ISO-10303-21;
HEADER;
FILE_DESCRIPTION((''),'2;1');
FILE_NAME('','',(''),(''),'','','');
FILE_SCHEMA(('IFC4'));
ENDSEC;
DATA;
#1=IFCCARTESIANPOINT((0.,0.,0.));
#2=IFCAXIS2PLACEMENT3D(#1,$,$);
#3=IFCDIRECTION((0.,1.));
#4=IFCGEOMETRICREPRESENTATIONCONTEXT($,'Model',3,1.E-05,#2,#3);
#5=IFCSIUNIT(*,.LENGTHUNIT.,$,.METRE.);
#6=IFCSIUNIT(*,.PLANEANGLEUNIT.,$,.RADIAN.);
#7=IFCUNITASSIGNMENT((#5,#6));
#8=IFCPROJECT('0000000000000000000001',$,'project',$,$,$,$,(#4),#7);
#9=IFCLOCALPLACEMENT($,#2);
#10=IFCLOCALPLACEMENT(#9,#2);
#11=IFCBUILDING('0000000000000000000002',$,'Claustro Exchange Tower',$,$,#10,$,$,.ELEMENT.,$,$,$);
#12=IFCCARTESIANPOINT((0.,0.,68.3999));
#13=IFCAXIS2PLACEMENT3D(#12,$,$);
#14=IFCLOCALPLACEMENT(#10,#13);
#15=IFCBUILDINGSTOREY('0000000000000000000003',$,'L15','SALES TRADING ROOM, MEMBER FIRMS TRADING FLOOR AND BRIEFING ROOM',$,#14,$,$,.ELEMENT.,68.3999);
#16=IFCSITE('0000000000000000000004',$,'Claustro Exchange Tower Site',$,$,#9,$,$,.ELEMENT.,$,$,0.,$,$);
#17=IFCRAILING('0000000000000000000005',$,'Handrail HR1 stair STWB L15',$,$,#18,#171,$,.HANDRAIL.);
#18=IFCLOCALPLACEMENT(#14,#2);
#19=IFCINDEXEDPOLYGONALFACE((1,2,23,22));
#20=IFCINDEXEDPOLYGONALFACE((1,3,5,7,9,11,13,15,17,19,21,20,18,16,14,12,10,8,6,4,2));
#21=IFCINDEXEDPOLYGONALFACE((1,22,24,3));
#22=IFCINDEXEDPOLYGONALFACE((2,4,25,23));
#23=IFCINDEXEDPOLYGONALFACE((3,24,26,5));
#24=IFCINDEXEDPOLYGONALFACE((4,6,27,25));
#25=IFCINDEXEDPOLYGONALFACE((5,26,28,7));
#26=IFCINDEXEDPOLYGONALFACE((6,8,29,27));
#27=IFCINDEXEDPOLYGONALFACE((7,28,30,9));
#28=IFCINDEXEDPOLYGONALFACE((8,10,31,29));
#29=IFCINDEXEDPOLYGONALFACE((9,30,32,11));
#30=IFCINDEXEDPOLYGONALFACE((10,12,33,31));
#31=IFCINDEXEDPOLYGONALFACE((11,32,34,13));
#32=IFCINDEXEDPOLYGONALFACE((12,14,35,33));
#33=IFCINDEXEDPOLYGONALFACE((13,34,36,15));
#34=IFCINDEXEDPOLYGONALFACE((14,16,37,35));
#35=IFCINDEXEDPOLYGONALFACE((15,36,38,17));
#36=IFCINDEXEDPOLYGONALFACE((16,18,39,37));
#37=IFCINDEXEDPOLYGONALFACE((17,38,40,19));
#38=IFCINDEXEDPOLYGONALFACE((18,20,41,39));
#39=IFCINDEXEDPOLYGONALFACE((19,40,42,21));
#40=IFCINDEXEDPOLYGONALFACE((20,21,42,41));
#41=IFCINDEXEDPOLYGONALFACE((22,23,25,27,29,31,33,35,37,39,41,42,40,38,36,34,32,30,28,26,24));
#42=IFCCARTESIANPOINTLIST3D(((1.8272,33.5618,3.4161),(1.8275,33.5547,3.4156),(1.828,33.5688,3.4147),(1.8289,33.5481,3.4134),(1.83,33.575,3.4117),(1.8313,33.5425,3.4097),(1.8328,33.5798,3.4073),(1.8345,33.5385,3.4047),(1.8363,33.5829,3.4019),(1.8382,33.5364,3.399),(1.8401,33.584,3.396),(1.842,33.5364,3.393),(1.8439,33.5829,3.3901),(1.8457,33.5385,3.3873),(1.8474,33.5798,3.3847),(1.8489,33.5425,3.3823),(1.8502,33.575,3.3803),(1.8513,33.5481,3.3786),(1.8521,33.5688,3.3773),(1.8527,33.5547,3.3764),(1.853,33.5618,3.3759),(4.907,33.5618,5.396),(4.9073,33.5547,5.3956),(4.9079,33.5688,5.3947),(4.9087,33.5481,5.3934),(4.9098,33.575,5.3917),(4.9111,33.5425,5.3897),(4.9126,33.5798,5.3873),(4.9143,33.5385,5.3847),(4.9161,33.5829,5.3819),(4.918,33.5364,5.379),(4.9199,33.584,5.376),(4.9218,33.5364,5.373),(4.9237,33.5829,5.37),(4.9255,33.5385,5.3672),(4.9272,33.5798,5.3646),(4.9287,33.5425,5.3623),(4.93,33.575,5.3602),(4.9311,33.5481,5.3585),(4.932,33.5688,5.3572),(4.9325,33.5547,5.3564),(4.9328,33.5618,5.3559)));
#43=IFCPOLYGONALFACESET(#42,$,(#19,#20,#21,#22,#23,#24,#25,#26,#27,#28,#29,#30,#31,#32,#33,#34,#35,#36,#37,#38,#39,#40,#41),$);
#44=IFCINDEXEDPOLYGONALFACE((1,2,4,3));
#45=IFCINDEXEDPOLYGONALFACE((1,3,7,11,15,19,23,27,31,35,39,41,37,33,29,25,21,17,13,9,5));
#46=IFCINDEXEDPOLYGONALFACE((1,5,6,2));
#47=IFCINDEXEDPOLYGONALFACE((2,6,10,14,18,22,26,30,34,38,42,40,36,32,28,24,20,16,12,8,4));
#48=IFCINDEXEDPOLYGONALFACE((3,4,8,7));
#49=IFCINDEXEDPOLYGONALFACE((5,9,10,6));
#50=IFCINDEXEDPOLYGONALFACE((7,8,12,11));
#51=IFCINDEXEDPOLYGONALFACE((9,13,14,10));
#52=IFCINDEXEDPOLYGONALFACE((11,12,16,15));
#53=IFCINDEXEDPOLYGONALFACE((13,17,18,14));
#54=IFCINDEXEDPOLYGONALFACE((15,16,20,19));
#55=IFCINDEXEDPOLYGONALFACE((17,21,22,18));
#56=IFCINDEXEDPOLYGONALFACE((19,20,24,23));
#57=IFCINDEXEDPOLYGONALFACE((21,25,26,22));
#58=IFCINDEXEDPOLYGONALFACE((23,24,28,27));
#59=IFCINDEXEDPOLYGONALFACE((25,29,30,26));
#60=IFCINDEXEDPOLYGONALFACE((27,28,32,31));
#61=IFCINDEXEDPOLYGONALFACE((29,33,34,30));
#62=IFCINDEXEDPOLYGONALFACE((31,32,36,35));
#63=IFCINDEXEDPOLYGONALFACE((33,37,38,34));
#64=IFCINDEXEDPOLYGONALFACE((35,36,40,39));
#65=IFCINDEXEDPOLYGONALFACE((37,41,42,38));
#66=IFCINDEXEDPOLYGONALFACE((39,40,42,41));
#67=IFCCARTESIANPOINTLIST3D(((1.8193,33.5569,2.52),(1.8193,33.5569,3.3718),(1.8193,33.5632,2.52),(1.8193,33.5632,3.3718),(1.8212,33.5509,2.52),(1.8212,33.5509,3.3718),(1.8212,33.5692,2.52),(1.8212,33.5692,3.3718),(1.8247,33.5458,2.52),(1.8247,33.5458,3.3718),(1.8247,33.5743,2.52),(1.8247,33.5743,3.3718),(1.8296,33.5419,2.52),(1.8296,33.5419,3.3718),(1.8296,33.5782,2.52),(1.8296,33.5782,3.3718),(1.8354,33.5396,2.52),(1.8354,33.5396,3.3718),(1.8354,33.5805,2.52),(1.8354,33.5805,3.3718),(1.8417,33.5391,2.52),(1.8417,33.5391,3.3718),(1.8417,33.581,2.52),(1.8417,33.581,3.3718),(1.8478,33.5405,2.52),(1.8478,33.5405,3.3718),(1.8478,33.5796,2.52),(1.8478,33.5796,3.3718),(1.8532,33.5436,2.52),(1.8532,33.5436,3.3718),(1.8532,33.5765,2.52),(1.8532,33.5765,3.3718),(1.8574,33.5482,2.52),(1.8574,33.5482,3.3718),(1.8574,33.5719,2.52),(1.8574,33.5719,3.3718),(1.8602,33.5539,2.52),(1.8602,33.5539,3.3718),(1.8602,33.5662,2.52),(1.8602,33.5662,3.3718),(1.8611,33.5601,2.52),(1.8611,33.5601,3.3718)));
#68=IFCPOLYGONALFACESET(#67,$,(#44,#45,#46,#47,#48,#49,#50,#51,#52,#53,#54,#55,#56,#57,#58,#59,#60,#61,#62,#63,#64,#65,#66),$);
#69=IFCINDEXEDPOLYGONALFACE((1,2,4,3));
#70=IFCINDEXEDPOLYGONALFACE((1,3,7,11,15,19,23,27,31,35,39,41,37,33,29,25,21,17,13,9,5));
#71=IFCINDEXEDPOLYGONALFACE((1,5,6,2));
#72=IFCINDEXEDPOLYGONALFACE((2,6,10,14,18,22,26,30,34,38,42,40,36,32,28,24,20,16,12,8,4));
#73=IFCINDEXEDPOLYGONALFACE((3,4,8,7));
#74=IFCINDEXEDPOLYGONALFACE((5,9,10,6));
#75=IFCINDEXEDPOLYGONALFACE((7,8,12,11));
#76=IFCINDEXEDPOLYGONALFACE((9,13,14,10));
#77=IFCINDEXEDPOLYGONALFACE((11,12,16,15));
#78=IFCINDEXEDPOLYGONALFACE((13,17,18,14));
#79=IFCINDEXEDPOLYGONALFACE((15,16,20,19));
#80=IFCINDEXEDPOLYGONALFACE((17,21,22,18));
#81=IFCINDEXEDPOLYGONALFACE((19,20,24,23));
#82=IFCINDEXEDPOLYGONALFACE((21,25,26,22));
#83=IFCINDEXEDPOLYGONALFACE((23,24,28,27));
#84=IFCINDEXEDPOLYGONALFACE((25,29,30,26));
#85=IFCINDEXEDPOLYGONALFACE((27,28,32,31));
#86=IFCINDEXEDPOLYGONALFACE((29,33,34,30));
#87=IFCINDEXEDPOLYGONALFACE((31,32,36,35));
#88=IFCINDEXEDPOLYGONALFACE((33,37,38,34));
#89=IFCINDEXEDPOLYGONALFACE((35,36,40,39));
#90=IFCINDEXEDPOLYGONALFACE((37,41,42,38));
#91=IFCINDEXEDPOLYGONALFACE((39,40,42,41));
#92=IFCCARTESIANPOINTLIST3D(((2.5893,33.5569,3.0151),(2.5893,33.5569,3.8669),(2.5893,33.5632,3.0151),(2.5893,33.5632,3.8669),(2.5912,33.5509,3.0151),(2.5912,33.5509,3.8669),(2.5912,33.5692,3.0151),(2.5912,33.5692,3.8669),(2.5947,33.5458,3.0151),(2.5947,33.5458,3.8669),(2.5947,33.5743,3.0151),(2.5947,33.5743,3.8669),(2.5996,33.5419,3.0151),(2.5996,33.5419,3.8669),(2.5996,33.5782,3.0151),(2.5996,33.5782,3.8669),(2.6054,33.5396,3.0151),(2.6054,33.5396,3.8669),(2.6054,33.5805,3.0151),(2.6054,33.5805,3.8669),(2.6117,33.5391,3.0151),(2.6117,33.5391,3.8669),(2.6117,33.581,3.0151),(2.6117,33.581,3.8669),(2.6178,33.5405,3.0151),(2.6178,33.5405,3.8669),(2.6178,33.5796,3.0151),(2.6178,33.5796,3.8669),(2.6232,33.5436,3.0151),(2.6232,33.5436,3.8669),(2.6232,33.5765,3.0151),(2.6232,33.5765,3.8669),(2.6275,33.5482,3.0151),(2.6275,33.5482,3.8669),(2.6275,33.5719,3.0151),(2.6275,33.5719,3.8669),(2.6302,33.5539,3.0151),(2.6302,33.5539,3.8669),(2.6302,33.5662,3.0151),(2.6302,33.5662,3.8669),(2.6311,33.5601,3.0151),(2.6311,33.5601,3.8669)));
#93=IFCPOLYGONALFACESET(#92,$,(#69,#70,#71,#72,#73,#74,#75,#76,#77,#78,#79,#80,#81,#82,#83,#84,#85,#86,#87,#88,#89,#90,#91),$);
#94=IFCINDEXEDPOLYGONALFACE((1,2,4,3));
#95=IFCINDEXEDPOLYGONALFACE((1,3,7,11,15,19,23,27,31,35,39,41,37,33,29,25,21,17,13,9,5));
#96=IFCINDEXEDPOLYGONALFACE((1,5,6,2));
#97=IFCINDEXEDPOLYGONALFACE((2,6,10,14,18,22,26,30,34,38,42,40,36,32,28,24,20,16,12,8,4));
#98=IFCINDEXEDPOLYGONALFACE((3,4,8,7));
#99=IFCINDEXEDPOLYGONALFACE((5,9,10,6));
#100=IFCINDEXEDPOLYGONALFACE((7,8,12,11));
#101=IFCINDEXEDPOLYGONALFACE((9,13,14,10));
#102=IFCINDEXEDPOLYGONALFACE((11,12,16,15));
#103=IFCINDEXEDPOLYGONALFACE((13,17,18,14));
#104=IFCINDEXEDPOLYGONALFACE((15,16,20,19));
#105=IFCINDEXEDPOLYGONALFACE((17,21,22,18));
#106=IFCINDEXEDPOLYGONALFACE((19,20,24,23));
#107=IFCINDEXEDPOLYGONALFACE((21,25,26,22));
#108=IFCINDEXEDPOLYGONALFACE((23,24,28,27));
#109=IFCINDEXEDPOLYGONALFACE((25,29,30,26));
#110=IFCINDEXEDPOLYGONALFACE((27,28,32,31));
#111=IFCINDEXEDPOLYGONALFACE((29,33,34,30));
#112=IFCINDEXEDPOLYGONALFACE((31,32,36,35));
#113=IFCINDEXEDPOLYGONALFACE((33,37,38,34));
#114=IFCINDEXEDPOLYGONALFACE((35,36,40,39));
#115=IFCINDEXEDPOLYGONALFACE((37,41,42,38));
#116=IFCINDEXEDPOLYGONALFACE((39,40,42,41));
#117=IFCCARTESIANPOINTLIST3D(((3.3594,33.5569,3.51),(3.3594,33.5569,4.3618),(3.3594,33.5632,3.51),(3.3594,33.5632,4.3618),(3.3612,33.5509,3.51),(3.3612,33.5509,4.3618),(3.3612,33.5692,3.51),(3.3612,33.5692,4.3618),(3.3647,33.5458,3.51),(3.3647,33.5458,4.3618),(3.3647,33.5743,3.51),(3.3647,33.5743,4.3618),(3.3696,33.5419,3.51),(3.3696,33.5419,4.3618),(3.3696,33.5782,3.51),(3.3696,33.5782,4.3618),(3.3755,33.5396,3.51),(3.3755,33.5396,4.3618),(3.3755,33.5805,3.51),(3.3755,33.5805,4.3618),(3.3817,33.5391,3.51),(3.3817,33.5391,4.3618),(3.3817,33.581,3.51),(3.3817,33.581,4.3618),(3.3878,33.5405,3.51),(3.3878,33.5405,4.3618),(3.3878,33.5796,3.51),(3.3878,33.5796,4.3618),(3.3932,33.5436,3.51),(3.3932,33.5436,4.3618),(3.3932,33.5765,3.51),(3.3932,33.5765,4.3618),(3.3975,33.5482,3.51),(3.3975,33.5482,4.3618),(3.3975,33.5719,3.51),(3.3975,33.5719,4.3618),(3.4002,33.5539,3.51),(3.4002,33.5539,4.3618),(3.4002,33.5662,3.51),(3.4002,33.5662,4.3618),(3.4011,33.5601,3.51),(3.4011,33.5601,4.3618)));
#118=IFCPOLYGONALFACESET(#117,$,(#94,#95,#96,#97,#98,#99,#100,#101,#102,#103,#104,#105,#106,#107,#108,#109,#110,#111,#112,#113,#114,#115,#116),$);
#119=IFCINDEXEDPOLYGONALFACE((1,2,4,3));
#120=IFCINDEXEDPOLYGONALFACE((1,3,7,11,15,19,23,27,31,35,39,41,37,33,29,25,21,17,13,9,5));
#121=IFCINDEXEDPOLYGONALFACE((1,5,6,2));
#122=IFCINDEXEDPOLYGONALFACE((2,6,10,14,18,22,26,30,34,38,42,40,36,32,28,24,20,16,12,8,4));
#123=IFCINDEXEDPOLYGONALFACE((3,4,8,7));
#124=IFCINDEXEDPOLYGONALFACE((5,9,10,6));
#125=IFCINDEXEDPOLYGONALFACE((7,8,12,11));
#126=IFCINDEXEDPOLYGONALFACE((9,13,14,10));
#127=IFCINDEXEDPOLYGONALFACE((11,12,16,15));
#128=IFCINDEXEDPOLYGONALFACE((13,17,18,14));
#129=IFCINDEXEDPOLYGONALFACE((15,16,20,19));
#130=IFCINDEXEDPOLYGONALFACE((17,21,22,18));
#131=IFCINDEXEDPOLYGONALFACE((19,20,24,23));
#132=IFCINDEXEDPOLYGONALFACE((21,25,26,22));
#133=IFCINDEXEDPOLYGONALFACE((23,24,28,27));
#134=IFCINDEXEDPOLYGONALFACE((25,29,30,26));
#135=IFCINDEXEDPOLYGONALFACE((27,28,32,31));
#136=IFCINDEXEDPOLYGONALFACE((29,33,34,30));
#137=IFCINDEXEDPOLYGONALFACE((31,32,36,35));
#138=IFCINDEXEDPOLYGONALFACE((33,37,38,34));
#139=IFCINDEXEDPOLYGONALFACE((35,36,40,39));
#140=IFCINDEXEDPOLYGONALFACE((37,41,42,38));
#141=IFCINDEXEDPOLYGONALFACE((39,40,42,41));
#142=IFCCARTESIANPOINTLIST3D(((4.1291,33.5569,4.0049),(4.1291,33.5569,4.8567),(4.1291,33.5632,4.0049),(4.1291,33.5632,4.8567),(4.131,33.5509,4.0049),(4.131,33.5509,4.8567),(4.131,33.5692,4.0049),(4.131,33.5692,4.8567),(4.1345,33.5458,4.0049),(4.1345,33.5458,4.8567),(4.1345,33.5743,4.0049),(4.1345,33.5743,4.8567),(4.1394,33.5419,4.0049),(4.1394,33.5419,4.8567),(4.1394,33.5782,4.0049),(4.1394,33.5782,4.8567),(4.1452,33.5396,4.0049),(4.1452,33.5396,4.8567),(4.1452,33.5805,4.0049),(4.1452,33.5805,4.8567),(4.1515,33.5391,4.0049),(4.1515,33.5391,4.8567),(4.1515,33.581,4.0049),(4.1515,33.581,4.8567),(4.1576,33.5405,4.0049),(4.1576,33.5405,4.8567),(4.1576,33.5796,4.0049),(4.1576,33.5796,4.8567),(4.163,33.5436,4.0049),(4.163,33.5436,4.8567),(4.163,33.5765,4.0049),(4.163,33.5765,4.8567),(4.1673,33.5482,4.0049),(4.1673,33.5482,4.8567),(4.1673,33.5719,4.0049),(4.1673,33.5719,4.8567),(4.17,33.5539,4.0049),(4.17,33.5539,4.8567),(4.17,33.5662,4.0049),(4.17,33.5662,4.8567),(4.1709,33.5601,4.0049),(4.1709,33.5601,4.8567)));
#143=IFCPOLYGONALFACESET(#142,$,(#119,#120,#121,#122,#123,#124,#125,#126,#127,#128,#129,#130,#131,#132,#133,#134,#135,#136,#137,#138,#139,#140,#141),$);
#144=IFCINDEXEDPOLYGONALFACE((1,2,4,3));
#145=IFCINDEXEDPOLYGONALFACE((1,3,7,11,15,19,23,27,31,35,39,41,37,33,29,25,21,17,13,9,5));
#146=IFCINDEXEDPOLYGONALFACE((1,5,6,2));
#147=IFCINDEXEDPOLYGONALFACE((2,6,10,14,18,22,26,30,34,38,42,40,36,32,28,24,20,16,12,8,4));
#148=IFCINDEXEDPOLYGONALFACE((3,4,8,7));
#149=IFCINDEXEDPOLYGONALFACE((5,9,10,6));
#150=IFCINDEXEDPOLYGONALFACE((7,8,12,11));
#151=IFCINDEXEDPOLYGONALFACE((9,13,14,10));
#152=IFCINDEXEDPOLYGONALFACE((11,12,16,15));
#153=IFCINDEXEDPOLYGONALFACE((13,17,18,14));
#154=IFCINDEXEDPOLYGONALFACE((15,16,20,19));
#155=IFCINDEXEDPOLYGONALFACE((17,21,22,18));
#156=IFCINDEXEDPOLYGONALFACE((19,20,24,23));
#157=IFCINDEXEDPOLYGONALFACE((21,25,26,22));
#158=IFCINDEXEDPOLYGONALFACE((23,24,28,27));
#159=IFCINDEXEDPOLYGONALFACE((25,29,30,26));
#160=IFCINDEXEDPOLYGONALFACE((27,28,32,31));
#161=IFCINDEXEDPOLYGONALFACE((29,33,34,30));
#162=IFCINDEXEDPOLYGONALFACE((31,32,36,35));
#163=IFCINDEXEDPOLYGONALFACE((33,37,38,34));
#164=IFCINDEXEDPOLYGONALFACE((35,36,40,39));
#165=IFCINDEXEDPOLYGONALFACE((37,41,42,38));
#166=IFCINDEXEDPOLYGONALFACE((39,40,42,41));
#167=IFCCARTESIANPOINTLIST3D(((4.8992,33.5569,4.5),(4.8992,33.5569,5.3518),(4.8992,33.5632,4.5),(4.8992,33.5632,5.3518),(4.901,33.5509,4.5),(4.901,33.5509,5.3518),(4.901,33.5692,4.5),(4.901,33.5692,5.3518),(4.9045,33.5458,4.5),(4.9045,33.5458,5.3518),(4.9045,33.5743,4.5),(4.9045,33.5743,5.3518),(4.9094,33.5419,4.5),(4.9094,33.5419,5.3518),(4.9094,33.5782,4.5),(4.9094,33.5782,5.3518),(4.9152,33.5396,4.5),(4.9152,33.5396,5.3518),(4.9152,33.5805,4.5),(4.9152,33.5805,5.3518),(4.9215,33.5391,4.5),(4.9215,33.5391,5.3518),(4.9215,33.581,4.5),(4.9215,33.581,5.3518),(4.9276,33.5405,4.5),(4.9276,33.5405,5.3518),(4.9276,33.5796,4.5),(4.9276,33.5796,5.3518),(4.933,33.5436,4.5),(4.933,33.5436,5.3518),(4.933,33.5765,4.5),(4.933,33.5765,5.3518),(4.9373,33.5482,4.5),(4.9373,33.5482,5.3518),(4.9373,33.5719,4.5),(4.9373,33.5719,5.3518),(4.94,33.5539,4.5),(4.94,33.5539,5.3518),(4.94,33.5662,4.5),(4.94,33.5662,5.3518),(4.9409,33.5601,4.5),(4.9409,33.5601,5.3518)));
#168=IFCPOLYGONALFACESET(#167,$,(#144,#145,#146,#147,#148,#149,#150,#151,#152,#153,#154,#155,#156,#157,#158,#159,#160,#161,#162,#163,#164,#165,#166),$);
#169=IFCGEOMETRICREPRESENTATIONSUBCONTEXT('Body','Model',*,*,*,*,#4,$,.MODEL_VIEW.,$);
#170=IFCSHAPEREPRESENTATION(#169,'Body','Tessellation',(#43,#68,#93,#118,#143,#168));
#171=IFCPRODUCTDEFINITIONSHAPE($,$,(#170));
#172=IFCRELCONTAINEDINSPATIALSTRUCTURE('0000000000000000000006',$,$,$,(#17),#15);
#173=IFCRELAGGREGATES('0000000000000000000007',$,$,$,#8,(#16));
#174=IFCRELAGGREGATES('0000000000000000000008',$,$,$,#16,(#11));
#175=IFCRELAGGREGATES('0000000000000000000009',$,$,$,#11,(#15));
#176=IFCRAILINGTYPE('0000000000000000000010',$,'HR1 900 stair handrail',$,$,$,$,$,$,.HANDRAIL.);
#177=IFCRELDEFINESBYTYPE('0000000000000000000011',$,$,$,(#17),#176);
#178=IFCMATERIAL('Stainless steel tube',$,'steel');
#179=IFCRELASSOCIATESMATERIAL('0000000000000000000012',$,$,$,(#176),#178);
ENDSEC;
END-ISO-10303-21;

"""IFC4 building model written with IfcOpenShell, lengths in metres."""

from ifc_helpers import new_model, si_unit, direction, frame, origin, origin_2d, place, context, subcontext, project, spatial, circle, extrude, material, type_object, element, save


model = new_model("IFC4")

# Units and contexts
model_context = context("Model", 3, precision=1e-05, world=origin(), true_north=direction((0.0, 1.0)))
body_context = subcontext(model_context, "Body", "Model", "MODEL_VIEW")
ifc_project = project(units=[si_unit("LENGTHUNIT", "METRE"), si_unit("PLANEANGLEUNIT", "RADIAN")], contexts=[model_context])

# Site, building, storey
site_placement = place(None, origin())
site = spatial("IfcSite", under=ifc_project, at=site_placement, Name="Claustro Exchange Tower Site", CompositionType="ELEMENT", RefElevation=0.0)
building_placement = place(site_placement, origin())
building = spatial("IfcBuilding", under=site, at=building_placement, Name="Claustro Exchange Tower", CompositionType="ELEMENT")
storey_placement = place(building_placement, frame((0.0, 0.0, 68.3999)))
storey = spatial("IfcBuildingStorey", under=building, at=storey_placement, Name="L15", Description="SALES TRADING ROOM, MEMBER FIRMS TRADING FLOOR AND BRIEFING ROOM", CompositionType="ELEMENT", Elevation=68.3999)

# Railing
ifc_material_1 = material(Name="Stainless steel tube", Category="steel")
railing_type_1 = type_object("IfcRailingType", Name="HR1 900 stair handrail", PredefinedType="HANDRAIL", material=ifc_material_1)
railing_1_placement = place(storey_placement, frame((1.8401, 33.5601, 2.52)))
element("IfcRailing", 1, at=railing_1_placement, inside=storey, type_object=railing_type_1, Name="Handrail HR1 stair STWB L15", PredefinedType="HANDRAIL", context=body_context, shape_type="SweptSolid", body=[
    extrude(circle(Radius=0.0239, at=origin_2d()), frame((0.0, 0.0, 0.876), z_axis=(0.841168, 0.0, 0.540774), x_axis=(0.0, 1.0, 0.0)), (0.0, 0.0, 1.0), 3.6614),
    extrude(circle(Radius=0.021, at=origin_2d()), origin(), (0.0, 0.0, 1.0), 0.8518),
    extrude(circle(Radius=0.021, at=origin_2d()), frame((0.77, 0.0, 0.4951)), (0.0, 0.0, 1.0), 0.8518),
    extrude(circle(Radius=0.021, at=origin_2d()), frame((1.54, 0.0, 0.99)), (0.0, 0.0, 1.0), 0.8518),
    extrude(circle(Radius=0.021, at=origin_2d()), frame((2.3098, 0.0, 1.4849)), (0.0, 0.0, 1.0), 0.8518),
    extrude(circle(Radius=0.021, at=origin_2d()), frame((3.0798, 0.0, 1.98)), (0.0, 0.0, 1.0), 0.8518),
])

save(model, "model.ifc")
